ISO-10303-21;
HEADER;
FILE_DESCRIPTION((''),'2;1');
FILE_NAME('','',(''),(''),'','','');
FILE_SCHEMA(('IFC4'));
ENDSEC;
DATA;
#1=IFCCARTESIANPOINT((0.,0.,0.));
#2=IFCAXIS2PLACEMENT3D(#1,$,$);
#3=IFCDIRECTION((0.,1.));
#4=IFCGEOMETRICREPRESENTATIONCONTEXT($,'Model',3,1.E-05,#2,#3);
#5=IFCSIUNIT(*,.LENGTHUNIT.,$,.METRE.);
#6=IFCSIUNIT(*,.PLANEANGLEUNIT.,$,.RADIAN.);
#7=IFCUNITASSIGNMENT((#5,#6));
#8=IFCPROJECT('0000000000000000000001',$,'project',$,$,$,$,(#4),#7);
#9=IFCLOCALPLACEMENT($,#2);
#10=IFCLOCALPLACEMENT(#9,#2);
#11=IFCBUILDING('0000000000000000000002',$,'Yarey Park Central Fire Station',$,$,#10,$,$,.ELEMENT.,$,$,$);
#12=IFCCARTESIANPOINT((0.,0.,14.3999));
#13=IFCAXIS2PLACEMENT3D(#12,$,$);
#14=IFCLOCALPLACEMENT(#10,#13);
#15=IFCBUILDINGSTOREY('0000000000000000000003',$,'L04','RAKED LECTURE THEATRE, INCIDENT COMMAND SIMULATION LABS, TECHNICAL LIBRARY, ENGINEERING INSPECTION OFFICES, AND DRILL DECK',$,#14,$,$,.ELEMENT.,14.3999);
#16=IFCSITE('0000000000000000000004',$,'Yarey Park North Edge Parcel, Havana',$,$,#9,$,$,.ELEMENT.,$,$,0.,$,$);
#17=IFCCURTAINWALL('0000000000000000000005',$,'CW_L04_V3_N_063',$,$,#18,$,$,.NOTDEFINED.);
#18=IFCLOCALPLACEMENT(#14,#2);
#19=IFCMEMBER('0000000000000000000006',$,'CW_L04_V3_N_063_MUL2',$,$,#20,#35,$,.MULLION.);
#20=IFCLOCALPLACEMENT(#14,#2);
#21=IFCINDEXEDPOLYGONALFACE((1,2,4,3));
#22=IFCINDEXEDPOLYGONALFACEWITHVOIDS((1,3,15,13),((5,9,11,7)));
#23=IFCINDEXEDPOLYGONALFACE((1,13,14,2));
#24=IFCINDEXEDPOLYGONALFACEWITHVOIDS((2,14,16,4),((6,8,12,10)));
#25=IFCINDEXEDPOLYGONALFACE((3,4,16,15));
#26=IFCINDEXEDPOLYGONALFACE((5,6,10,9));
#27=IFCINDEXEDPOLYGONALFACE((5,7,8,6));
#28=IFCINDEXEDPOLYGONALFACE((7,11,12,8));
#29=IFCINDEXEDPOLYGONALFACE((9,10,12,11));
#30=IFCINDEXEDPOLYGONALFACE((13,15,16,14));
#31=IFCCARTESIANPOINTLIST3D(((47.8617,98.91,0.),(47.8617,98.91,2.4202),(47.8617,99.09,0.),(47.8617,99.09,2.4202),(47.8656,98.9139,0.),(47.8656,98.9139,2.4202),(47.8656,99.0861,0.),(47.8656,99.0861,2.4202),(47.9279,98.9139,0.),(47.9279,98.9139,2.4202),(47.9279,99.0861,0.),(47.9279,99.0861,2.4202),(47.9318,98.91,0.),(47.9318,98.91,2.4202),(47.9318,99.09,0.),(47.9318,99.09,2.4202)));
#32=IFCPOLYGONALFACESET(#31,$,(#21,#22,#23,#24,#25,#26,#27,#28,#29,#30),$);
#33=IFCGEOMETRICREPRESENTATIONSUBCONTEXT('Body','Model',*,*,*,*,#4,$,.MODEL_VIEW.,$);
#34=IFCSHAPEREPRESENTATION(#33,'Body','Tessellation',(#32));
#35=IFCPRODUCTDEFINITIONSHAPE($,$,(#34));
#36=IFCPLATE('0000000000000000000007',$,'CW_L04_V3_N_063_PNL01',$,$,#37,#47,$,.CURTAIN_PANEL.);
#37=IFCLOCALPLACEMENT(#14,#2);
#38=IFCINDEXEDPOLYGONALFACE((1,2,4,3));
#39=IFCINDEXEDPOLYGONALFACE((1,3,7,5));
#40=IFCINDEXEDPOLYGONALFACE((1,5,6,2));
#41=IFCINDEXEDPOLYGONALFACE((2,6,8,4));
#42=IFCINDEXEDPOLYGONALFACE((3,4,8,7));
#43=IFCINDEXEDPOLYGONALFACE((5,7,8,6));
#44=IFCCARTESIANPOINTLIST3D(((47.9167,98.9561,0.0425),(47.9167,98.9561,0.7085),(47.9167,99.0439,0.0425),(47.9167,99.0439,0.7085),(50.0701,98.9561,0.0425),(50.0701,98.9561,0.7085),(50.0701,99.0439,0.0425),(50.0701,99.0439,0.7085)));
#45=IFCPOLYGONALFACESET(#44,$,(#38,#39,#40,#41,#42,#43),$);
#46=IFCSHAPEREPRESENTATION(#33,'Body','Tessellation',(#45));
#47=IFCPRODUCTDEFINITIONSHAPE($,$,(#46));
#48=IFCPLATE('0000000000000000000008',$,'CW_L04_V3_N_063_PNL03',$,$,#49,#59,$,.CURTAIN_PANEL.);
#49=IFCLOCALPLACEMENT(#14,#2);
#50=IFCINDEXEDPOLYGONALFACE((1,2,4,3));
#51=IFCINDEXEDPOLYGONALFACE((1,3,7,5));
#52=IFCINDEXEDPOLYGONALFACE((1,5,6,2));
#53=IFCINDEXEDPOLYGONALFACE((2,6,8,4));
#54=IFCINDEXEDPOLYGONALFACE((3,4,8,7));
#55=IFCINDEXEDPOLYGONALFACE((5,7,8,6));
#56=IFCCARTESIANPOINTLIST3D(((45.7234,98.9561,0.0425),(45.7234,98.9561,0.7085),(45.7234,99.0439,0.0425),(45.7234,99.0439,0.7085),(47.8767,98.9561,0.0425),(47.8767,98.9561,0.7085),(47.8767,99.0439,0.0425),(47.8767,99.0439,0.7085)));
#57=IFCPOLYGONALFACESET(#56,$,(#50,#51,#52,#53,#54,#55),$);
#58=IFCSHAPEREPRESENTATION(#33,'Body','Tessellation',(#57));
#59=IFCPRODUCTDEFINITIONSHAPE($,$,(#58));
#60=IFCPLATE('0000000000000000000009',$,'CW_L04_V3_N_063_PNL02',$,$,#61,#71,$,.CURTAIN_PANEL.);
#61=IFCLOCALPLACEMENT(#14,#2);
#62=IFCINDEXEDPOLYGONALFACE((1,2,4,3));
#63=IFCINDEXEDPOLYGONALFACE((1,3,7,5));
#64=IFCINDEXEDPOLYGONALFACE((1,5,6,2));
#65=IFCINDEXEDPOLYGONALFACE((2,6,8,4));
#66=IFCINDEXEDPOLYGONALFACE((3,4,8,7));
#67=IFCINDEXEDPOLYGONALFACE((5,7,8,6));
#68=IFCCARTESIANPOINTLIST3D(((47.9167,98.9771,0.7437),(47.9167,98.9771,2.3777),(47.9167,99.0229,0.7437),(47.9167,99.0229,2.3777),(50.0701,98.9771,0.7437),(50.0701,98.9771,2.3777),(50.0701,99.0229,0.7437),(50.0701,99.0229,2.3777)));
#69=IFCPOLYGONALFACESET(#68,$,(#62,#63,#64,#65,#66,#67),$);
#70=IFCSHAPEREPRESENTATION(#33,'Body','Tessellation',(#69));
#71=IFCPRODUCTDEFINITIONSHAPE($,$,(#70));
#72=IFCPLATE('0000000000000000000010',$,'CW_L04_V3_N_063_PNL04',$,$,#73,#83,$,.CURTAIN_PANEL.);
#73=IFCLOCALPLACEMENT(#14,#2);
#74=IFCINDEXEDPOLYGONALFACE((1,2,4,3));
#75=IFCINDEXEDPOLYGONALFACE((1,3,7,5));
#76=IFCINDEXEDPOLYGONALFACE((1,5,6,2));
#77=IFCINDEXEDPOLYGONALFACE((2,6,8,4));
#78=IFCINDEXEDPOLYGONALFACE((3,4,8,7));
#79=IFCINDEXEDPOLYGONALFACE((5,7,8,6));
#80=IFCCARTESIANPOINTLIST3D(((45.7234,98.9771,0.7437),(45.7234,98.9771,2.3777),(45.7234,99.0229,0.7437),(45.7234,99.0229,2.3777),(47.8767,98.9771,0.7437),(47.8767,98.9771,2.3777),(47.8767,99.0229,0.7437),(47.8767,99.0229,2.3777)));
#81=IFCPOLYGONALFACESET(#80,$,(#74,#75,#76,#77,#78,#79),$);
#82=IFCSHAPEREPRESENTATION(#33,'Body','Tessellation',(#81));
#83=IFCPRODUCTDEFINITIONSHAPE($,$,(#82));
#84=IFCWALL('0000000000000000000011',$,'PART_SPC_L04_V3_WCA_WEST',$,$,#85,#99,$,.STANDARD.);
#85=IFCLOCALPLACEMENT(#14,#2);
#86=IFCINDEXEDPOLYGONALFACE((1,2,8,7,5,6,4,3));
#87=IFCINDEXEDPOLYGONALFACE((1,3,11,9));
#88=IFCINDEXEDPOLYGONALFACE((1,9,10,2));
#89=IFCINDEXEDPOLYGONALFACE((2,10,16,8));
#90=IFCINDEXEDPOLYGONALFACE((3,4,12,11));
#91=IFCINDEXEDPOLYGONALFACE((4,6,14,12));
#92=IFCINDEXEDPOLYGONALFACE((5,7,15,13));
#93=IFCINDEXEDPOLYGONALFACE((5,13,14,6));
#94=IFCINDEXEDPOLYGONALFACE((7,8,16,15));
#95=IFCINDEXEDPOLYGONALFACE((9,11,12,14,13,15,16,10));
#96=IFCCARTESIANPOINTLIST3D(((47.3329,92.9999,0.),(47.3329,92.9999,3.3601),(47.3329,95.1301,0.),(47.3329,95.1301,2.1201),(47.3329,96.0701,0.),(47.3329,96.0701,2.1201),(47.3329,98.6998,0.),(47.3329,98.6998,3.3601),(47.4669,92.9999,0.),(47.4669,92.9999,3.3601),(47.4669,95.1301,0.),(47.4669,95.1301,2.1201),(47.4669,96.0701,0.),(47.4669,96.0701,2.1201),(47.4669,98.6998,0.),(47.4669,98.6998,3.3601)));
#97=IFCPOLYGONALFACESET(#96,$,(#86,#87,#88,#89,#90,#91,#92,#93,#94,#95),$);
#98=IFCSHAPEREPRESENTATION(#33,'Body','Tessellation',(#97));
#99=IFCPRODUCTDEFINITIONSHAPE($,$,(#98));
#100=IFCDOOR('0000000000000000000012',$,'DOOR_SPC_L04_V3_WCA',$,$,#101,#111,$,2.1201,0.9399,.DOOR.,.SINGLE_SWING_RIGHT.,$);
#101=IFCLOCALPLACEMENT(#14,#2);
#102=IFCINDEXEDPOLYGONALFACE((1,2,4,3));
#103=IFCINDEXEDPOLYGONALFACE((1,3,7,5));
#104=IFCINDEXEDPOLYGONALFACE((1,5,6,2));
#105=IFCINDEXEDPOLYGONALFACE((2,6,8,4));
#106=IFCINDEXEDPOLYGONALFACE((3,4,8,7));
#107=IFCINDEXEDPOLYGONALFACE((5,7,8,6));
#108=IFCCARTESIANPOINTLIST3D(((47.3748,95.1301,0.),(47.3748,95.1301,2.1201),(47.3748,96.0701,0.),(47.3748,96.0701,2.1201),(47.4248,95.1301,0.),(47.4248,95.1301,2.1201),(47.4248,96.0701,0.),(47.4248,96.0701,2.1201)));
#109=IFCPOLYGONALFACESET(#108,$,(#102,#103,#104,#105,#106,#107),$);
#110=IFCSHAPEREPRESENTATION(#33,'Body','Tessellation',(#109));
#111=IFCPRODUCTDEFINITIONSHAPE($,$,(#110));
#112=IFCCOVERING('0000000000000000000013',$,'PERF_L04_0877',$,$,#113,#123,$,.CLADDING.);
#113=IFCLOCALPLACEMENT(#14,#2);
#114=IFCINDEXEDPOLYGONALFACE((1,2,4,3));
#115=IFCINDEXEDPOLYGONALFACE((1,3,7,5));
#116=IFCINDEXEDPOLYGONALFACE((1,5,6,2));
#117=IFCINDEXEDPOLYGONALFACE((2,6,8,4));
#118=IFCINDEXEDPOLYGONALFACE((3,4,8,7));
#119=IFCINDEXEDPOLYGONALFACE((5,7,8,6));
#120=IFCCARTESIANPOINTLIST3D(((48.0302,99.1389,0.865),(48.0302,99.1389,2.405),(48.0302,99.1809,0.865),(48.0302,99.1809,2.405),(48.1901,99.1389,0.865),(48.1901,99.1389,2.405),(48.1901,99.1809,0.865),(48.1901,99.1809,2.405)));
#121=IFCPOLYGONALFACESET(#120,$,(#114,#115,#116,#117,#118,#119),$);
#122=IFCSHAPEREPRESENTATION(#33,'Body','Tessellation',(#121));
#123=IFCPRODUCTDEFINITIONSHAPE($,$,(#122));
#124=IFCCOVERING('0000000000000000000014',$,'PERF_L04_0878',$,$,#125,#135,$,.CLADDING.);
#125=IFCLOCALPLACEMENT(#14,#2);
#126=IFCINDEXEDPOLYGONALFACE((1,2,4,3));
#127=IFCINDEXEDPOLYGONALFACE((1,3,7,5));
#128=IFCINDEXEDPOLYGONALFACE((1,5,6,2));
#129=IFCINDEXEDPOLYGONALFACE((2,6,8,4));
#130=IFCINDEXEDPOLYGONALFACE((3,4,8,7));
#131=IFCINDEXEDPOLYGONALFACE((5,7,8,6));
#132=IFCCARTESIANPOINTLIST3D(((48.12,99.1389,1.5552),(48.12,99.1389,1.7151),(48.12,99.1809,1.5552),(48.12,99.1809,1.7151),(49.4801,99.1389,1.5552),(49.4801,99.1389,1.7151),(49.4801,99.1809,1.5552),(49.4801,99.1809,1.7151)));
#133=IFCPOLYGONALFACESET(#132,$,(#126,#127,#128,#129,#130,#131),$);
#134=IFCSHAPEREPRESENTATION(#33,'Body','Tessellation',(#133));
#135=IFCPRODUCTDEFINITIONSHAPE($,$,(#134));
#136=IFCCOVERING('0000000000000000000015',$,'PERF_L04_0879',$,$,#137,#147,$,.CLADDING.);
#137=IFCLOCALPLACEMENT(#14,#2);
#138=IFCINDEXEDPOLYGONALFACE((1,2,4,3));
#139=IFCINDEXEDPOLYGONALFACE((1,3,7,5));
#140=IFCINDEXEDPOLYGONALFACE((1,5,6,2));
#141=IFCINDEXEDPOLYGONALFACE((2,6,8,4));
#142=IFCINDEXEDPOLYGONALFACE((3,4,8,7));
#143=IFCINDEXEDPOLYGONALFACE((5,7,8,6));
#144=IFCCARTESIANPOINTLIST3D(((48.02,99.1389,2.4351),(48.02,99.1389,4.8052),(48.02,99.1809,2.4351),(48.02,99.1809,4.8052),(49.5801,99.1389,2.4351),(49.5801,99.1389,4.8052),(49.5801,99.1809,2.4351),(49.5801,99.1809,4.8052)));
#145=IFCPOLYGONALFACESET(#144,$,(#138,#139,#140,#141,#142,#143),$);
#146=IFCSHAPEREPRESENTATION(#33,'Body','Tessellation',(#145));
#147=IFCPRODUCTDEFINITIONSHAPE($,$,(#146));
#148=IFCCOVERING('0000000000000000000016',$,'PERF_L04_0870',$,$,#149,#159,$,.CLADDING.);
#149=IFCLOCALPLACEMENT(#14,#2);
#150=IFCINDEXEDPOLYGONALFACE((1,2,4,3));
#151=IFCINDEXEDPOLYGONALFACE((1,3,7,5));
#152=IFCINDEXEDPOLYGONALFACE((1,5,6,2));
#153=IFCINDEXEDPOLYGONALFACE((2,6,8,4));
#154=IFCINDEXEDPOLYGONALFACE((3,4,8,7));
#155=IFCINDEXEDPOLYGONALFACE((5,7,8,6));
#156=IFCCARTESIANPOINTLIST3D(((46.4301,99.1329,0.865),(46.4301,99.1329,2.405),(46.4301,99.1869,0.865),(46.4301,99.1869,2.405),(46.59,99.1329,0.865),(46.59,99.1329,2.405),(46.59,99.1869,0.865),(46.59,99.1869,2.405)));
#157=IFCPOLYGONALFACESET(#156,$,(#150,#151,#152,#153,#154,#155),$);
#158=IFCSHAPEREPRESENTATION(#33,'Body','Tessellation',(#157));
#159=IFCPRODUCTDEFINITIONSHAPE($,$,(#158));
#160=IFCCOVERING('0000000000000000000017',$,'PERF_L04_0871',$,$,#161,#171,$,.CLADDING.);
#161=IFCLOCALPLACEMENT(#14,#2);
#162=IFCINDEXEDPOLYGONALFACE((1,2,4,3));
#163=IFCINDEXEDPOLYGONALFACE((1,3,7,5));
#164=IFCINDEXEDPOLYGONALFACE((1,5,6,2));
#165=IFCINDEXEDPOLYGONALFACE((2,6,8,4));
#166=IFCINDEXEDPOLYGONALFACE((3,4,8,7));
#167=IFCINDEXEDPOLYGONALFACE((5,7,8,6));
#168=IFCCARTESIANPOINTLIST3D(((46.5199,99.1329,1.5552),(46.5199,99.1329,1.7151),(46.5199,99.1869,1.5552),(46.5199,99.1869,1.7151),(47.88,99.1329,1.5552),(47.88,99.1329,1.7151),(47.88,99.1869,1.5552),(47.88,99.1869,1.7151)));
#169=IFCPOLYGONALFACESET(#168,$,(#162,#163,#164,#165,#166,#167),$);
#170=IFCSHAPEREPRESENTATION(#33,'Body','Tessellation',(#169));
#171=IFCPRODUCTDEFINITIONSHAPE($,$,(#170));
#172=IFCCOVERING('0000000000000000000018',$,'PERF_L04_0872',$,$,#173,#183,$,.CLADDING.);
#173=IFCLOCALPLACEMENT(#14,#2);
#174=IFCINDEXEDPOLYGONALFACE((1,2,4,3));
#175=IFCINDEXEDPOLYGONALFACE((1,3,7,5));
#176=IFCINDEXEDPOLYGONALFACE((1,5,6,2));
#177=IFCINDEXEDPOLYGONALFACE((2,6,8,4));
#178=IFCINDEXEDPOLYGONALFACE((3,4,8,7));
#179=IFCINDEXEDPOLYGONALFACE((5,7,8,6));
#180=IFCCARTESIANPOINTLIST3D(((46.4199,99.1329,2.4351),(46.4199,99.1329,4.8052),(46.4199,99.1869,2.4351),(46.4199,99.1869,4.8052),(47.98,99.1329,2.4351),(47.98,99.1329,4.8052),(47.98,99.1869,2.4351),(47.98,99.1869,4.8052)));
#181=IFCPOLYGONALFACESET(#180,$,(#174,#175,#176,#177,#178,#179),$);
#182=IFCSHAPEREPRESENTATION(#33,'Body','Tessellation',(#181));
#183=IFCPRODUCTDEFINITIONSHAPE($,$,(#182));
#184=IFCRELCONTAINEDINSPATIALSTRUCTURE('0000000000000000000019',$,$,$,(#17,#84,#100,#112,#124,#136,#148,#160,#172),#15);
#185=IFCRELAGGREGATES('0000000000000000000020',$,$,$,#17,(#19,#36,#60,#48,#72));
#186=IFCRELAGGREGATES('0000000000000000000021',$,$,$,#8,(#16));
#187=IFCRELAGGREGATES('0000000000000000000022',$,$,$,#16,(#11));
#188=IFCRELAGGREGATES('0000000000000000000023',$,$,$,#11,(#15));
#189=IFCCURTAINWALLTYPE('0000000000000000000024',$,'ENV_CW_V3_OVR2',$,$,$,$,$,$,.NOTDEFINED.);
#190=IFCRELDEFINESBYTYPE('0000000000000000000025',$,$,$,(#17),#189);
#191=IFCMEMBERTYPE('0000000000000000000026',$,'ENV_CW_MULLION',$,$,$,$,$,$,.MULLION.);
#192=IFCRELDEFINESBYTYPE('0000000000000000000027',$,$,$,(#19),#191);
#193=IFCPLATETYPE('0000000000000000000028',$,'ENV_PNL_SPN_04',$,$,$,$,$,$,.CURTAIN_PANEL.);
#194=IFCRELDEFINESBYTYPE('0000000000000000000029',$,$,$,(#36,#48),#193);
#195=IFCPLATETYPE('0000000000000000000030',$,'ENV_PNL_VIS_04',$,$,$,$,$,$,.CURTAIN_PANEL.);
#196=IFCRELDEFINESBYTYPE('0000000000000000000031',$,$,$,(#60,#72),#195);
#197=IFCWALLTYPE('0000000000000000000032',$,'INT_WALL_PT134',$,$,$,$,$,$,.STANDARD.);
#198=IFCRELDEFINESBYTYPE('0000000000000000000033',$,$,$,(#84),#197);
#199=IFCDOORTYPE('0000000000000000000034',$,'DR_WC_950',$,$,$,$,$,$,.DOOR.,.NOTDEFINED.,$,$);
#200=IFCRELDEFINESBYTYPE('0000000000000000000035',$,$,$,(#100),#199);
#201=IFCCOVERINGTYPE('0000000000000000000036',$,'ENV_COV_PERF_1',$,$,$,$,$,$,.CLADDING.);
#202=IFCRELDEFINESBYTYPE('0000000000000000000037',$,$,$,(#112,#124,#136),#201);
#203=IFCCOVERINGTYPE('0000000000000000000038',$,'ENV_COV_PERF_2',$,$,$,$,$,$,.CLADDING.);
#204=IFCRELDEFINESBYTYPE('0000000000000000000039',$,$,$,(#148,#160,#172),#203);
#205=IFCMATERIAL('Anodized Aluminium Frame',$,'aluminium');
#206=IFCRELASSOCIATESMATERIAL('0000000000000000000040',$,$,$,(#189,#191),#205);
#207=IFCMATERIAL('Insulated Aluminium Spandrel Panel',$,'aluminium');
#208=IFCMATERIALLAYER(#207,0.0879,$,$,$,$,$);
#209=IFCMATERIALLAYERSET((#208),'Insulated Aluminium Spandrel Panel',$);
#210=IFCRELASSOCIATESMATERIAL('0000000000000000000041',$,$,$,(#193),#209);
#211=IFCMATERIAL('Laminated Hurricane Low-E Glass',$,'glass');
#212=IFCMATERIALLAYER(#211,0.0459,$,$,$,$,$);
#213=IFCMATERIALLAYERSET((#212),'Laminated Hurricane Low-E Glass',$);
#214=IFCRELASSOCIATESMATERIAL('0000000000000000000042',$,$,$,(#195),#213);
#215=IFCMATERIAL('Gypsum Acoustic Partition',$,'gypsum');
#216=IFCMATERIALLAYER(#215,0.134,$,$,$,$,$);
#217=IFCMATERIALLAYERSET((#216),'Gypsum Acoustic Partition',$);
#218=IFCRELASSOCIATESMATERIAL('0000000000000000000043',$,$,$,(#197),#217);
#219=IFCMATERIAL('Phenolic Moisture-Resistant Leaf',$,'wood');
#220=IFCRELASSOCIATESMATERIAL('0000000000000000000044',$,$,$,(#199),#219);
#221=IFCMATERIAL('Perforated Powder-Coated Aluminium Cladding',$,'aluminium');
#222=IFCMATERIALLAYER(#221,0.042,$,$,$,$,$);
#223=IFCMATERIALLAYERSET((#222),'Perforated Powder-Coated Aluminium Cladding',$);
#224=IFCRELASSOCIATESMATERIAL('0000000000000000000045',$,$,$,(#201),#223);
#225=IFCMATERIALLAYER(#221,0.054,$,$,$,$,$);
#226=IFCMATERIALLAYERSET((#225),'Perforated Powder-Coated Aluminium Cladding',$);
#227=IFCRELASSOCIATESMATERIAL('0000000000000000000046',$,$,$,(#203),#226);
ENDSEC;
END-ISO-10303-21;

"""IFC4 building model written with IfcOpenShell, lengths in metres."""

from ifc_helpers import new_model, si_unit, direction, frame, frame_2d, origin, origin_2d, place, context, subcontext, project, spatial, rectangle, hollow_rectangle, extrude, material, layer, layer_set, material_profile, profile_set, type_object, element, fill, aggregate, save


model = new_model("IFC4")

# Units and contexts
model_context = context("Model", 3, precision=1e-05, world=origin(), true_north=direction((0.0, 1.0)))
body_context = subcontext(model_context, "Body", "Model", "MODEL_VIEW")
ifc_project = project(units=[si_unit("LENGTHUNIT", "METRE"), si_unit("PLANEANGLEUNIT", "RADIAN")], contexts=[model_context])

# Site, building, storey
site_placement = place(None, origin())
site = spatial("IfcSite", under=ifc_project, at=site_placement, Name="Yarey Park North Edge Parcel, Havana", CompositionType="ELEMENT", RefElevation=0.0)
building_placement = place(site_placement, origin())
building = spatial("IfcBuilding", under=site, at=building_placement, Name="Yarey Park Central Fire Station", CompositionType="ELEMENT")
storey_placement = place(building_placement, frame((0.0, 0.0, 14.3999)))
storey = spatial("IfcBuildingStorey", under=building, at=storey_placement, Name="L04", Description="RAKED LECTURE THEATRE, INCIDENT COMMAND SIMULATION LABS, TECHNICAL LIBRARY, ENGINEERING INSPECTION OFFICES, AND DRILL DECK", CompositionType="ELEMENT", Elevation=14.3999)

# Curtain wall, member, plates
ifc_material_1 = material(Name="Anodized Aluminium Frame", Category="aluminium")
curtain_wall_type = type_object("IfcCurtainWallType", Name="ENV_CW_V3_OVR2", PredefinedType="NOTDEFINED", material=ifc_material_1)
curtain_wall_placement = place(storey_placement, origin())
curtain_wall = element("IfcCurtainWall", 1, at=curtain_wall_placement, inside=storey, type_object=curtain_wall_type, Name="CW_L04_V3_N_063", PredefinedType="NOTDEFINED")
ifc_material_profile = material_profile(ifc_material_1, hollow_rectangle(XDim=0.0701, YDim=0.1799, WallThickness=0.0039, at=origin_2d()), Name="ALU 180x70x4")
ifc_profile_set = profile_set([ifc_material_profile], Name="Anodized Aluminium Frame")
member_type = type_object("IfcMemberType", Name="ENV_CW_MULLION", PredefinedType="MULLION", material=ifc_profile_set)
member_placement = place(storey_placement, frame((47.8967, 99.0, 0.0), z_axis=(0.0, 0.0, 1.0), x_axis=(1.0, 0.0, 0.0)))
member = element("IfcMember", 2, at=member_placement, type_object=member_type, Name="CW_L04_V3_N_063_MUL2", PredefinedType="MULLION", context=body_context, shape_type="SweptSolid", body=[
    extrude(hollow_rectangle(XDim=0.0701, YDim=0.1799, WallThickness=0.0039, at=origin_2d()), origin(), (0.0, 0.0, 1.0), 2.4202),
])
ifc_material_2 = material(Name="Insulated Aluminium Spandrel Panel", Category="aluminium")
ifc_layer_1 = layer(ifc_material_2, 0.0879)
ifc_layer_set_1 = layer_set([ifc_layer_1], Name="Insulated Aluminium Spandrel Panel")
plate_type_1 = type_object("IfcPlateType", Name="ENV_PNL_SPN_04", PredefinedType="CURTAIN_PANEL", material=ifc_layer_set_1)
plate_1_placement = place(storey_placement, frame((48.9934, 99.0, 0.0425), z_axis=(0.0, 0.0, 1.0), x_axis=(-1.0, 0.0, 0.0)))
plate_1 = element("IfcPlate", 3, at=plate_1_placement, type_object=plate_type_1, Name="CW_L04_V3_N_063_PNL01", PredefinedType="CURTAIN_PANEL", context=body_context, shape_type="SweptSolid", body=[
    extrude(rectangle(XDim=2.1533, YDim=0.0879, at=origin_2d()), origin(), (0.0, 0.0, 1.0), 0.666),
])
plate_2_placement = place(storey_placement, frame((46.8, 99.0, 0.0425), z_axis=(0.0, 0.0, 1.0), x_axis=(-1.0, 0.0, 0.0)))
plate_2 = element("IfcPlate", 4, at=plate_2_placement, type_object=plate_type_1, Name="CW_L04_V3_N_063_PNL03", PredefinedType="CURTAIN_PANEL", context=body_context, shape_type="SweptSolid", body=[
    extrude(rectangle(XDim=2.1533, YDim=0.0879, at=origin_2d()), origin(), (0.0, 0.0, 1.0), 0.666),
])
ifc_material_3 = material(Name="Laminated Hurricane Low-E Glass", Category="glass")
ifc_layer_2 = layer(ifc_material_3, 0.0459)
ifc_layer_set_2 = layer_set([ifc_layer_2], Name="Laminated Hurricane Low-E Glass")
plate_type_2 = type_object("IfcPlateType", Name="ENV_PNL_VIS_04", PredefinedType="CURTAIN_PANEL", material=ifc_layer_set_2)
plate_3_placement = place(storey_placement, frame((48.9934, 99.0, 0.7437), z_axis=(0.0, 0.0, 1.0), x_axis=(-1.0, 0.0, 0.0)))
plate_3 = element("IfcPlate", 5, at=plate_3_placement, type_object=plate_type_2, Name="CW_L04_V3_N_063_PNL02", PredefinedType="CURTAIN_PANEL", context=body_context, shape_type="SweptSolid", body=[
    extrude(rectangle(XDim=2.1533, YDim=0.0459, at=origin_2d()), origin(), (0.0, 0.0, 1.0), 1.634),
])
plate_4_placement = place(storey_placement, frame((46.8, 99.0, 0.7437), z_axis=(0.0, 0.0, 1.0), x_axis=(-1.0, 0.0, 0.0)))
plate_4 = element("IfcPlate", 6, at=plate_4_placement, type_object=plate_type_2, Name="CW_L04_V3_N_063_PNL04", PredefinedType="CURTAIN_PANEL", context=body_context, shape_type="SweptSolid", body=[
    extrude(rectangle(XDim=2.1533, YDim=0.0459, at=origin_2d()), origin(), (0.0, 0.0, 1.0), 1.634),
])
aggregate(curtain_wall, [member, plate_1, plate_3, plate_2, plate_4])

# Wall, opening, door
ifc_material_4 = material(Name="Gypsum Acoustic Partition", Category="gypsum")
ifc_layer_3 = layer(ifc_material_4, 0.134)
ifc_layer_set_3 = layer_set([ifc_layer_3], Name="Gypsum Acoustic Partition")
wall_type = type_object("IfcWallType", Name="INT_WALL_PT134", PredefinedType="STANDARD", material=ifc_layer_set_3)
wall_placement = place(storey_placement, frame((47.3999, 98.7, 0.0), z_axis=(0.0, 0.0, 1.0), x_axis=(0.0, -1.0, 0.0)))
wall = element("IfcWall", 7, at=wall_placement, inside=storey, type_object=wall_type, Name="PART_SPC_L04_V3_WCA_WEST", PredefinedType="STANDARD", context=body_context, shape_type="SweptSolid", body=[
    extrude(rectangle(XDim=5.7, YDim=0.134, at=frame_2d((2.8501, 0.0))), origin(), (0.0, 0.0, 1.0), 3.3601),
])
opening_placement = place(wall_placement, frame((2.6299, 0.0, 0.0)))
opening = element("IfcOpeningElement", 8, at=opening_placement, cuts=wall, PredefinedType="OPENING", context=body_context, shape_type="SweptSolid", body=[
    extrude(rectangle(XDim=0.9399, YDim=2.1201, at=frame_2d((0.47, 1.0601))), frame((0.0, 0.0769, 0.0), z_axis=(0.0, -1.0, 0.0), x_axis=(1.0, 0.0, 0.0)), (0.0, 0.0, 1.0), 0.1541),
])
ifc_material_5 = material(Name="Phenolic Moisture-Resistant Leaf", Category="wood")
door_type = type_object("IfcDoorType", Name="DR_WC_950", OperationType="NOTDEFINED", PredefinedType="DOOR", material=ifc_material_5)
door_placement = place(opening_placement, origin())
door = element("IfcDoor", 9, at=door_placement, inside=storey, type_object=door_type, Name="DOOR_SPC_L04_V3_WCA", OperationType="SINGLE_SWING_RIGHT", OverallHeight=2.1201, OverallWidth=0.9399, PredefinedType="DOOR", context=body_context, shape_type="SweptSolid", body=[
    extrude(rectangle(XDim=0.9399, YDim=2.1201, at=frame_2d((0.47, 1.0601))), frame((0.0, 0.0249, 0.0), z_axis=(0.0, -1.0, 0.0), x_axis=(1.0, 0.0, 0.0)), (0.0, 0.0, 1.0), 0.05),
])
fill(opening, door)

# Coverings
ifc_material_6 = material(Name="Perforated Powder-Coated Aluminium Cladding", Category="aluminium")
ifc_layer_4 = layer(ifc_material_6, 0.042)
ifc_layer_set_4 = layer_set([ifc_layer_4], Name="Perforated Powder-Coated Aluminium Cladding")
covering_type_1 = type_object("IfcCoveringType", Name="ENV_COV_PERF_1", PredefinedType="CLADDING", material=ifc_layer_set_4)
covering_1_placement = place(storey_placement, frame((48.1101, 99.1599, 0.865), z_axis=(0.0, 0.0, 1.0), x_axis=(1.0, 0.0, 0.0)))
element("IfcCovering", 10, at=covering_1_placement, inside=storey, type_object=covering_type_1, Name="PERF_L04_0877", PredefinedType="CLADDING", context=body_context, shape_type="SweptSolid", body=[
    extrude(rectangle(XDim=0.1599, YDim=0.042, at=origin_2d()), origin(), (0.0, 0.0, 1.0), 1.54),
])
covering_2_placement = place(storey_placement, frame((48.8, 99.1599, 1.5552), z_axis=(0.0, 0.0, 1.0), x_axis=(1.0, 0.0, 0.0)))
element("IfcCovering", 11, at=covering_2_placement, inside=storey, type_object=covering_type_1, Name="PERF_L04_0878", PredefinedType="CLADDING", context=body_context, shape_type="SweptSolid", body=[
    extrude(rectangle(XDim=1.3601, YDim=0.042, at=origin_2d()), origin(), (0.0, 0.0, 1.0), 0.1599),
])
covering_3_placement = place(storey_placement, frame((48.8, 99.1599, 2.4351), z_axis=(0.0, 0.0, 1.0), x_axis=(1.0, 0.0, 0.0)))
element("IfcCovering", 12, at=covering_3_placement, inside=storey, type_object=covering_type_1, Name="PERF_L04_0879", PredefinedType="CLADDING", context=body_context, shape_type="SweptSolid", body=[
    extrude(rectangle(XDim=1.5601, YDim=0.042, at=origin_2d()), origin(), (0.0, 0.0, 1.0), 2.3701),
])
ifc_layer_5 = layer(ifc_material_6, 0.054)
ifc_layer_set_5 = layer_set([ifc_layer_5], Name="Perforated Powder-Coated Aluminium Cladding")
covering_type_2 = type_object("IfcCoveringType", Name="ENV_COV_PERF_2", PredefinedType="CLADDING", material=ifc_layer_set_5)
covering_4_placement = place(storey_placement, frame((46.51, 99.1599, 0.865), z_axis=(0.0, 0.0, 1.0), x_axis=(1.0, 0.0, 0.0)))
element("IfcCovering", 13, at=covering_4_placement, inside=storey, type_object=covering_type_2, Name="PERF_L04_0870", PredefinedType="CLADDING", context=body_context, shape_type="SweptSolid", body=[
    extrude(rectangle(XDim=0.1599, YDim=0.054, at=origin_2d()), origin(), (0.0, 0.0, 1.0), 1.54),
])
covering_5_placement = place(storey_placement, frame((47.2, 99.1599, 1.5552), z_axis=(0.0, 0.0, 1.0), x_axis=(1.0, 0.0, 0.0)))
element("IfcCovering", 14, at=covering_5_placement, inside=storey, type_object=covering_type_2, Name="PERF_L04_0871", PredefinedType="CLADDING", context=body_context, shape_type="SweptSolid", body=[
    extrude(rectangle(XDim=1.3601, YDim=0.054, at=origin_2d()), origin(), (0.0, 0.0, 1.0), 0.1599),
])
covering_6_placement = place(storey_placement, frame((47.2, 99.1599, 2.4351), z_axis=(0.0, 0.0, 1.0), x_axis=(1.0, 0.0, 0.0)))
element("IfcCovering", 15, at=covering_6_placement, inside=storey, type_object=covering_type_2, Name="PERF_L04_0872", PredefinedType="CLADDING", context=body_context, shape_type="SweptSolid", body=[
    extrude(rectangle(XDim=1.5601, YDim=0.054, at=origin_2d()), origin(), (0.0, 0.0, 1.0), 2.3701),
])

save(model, "model.ifc")
